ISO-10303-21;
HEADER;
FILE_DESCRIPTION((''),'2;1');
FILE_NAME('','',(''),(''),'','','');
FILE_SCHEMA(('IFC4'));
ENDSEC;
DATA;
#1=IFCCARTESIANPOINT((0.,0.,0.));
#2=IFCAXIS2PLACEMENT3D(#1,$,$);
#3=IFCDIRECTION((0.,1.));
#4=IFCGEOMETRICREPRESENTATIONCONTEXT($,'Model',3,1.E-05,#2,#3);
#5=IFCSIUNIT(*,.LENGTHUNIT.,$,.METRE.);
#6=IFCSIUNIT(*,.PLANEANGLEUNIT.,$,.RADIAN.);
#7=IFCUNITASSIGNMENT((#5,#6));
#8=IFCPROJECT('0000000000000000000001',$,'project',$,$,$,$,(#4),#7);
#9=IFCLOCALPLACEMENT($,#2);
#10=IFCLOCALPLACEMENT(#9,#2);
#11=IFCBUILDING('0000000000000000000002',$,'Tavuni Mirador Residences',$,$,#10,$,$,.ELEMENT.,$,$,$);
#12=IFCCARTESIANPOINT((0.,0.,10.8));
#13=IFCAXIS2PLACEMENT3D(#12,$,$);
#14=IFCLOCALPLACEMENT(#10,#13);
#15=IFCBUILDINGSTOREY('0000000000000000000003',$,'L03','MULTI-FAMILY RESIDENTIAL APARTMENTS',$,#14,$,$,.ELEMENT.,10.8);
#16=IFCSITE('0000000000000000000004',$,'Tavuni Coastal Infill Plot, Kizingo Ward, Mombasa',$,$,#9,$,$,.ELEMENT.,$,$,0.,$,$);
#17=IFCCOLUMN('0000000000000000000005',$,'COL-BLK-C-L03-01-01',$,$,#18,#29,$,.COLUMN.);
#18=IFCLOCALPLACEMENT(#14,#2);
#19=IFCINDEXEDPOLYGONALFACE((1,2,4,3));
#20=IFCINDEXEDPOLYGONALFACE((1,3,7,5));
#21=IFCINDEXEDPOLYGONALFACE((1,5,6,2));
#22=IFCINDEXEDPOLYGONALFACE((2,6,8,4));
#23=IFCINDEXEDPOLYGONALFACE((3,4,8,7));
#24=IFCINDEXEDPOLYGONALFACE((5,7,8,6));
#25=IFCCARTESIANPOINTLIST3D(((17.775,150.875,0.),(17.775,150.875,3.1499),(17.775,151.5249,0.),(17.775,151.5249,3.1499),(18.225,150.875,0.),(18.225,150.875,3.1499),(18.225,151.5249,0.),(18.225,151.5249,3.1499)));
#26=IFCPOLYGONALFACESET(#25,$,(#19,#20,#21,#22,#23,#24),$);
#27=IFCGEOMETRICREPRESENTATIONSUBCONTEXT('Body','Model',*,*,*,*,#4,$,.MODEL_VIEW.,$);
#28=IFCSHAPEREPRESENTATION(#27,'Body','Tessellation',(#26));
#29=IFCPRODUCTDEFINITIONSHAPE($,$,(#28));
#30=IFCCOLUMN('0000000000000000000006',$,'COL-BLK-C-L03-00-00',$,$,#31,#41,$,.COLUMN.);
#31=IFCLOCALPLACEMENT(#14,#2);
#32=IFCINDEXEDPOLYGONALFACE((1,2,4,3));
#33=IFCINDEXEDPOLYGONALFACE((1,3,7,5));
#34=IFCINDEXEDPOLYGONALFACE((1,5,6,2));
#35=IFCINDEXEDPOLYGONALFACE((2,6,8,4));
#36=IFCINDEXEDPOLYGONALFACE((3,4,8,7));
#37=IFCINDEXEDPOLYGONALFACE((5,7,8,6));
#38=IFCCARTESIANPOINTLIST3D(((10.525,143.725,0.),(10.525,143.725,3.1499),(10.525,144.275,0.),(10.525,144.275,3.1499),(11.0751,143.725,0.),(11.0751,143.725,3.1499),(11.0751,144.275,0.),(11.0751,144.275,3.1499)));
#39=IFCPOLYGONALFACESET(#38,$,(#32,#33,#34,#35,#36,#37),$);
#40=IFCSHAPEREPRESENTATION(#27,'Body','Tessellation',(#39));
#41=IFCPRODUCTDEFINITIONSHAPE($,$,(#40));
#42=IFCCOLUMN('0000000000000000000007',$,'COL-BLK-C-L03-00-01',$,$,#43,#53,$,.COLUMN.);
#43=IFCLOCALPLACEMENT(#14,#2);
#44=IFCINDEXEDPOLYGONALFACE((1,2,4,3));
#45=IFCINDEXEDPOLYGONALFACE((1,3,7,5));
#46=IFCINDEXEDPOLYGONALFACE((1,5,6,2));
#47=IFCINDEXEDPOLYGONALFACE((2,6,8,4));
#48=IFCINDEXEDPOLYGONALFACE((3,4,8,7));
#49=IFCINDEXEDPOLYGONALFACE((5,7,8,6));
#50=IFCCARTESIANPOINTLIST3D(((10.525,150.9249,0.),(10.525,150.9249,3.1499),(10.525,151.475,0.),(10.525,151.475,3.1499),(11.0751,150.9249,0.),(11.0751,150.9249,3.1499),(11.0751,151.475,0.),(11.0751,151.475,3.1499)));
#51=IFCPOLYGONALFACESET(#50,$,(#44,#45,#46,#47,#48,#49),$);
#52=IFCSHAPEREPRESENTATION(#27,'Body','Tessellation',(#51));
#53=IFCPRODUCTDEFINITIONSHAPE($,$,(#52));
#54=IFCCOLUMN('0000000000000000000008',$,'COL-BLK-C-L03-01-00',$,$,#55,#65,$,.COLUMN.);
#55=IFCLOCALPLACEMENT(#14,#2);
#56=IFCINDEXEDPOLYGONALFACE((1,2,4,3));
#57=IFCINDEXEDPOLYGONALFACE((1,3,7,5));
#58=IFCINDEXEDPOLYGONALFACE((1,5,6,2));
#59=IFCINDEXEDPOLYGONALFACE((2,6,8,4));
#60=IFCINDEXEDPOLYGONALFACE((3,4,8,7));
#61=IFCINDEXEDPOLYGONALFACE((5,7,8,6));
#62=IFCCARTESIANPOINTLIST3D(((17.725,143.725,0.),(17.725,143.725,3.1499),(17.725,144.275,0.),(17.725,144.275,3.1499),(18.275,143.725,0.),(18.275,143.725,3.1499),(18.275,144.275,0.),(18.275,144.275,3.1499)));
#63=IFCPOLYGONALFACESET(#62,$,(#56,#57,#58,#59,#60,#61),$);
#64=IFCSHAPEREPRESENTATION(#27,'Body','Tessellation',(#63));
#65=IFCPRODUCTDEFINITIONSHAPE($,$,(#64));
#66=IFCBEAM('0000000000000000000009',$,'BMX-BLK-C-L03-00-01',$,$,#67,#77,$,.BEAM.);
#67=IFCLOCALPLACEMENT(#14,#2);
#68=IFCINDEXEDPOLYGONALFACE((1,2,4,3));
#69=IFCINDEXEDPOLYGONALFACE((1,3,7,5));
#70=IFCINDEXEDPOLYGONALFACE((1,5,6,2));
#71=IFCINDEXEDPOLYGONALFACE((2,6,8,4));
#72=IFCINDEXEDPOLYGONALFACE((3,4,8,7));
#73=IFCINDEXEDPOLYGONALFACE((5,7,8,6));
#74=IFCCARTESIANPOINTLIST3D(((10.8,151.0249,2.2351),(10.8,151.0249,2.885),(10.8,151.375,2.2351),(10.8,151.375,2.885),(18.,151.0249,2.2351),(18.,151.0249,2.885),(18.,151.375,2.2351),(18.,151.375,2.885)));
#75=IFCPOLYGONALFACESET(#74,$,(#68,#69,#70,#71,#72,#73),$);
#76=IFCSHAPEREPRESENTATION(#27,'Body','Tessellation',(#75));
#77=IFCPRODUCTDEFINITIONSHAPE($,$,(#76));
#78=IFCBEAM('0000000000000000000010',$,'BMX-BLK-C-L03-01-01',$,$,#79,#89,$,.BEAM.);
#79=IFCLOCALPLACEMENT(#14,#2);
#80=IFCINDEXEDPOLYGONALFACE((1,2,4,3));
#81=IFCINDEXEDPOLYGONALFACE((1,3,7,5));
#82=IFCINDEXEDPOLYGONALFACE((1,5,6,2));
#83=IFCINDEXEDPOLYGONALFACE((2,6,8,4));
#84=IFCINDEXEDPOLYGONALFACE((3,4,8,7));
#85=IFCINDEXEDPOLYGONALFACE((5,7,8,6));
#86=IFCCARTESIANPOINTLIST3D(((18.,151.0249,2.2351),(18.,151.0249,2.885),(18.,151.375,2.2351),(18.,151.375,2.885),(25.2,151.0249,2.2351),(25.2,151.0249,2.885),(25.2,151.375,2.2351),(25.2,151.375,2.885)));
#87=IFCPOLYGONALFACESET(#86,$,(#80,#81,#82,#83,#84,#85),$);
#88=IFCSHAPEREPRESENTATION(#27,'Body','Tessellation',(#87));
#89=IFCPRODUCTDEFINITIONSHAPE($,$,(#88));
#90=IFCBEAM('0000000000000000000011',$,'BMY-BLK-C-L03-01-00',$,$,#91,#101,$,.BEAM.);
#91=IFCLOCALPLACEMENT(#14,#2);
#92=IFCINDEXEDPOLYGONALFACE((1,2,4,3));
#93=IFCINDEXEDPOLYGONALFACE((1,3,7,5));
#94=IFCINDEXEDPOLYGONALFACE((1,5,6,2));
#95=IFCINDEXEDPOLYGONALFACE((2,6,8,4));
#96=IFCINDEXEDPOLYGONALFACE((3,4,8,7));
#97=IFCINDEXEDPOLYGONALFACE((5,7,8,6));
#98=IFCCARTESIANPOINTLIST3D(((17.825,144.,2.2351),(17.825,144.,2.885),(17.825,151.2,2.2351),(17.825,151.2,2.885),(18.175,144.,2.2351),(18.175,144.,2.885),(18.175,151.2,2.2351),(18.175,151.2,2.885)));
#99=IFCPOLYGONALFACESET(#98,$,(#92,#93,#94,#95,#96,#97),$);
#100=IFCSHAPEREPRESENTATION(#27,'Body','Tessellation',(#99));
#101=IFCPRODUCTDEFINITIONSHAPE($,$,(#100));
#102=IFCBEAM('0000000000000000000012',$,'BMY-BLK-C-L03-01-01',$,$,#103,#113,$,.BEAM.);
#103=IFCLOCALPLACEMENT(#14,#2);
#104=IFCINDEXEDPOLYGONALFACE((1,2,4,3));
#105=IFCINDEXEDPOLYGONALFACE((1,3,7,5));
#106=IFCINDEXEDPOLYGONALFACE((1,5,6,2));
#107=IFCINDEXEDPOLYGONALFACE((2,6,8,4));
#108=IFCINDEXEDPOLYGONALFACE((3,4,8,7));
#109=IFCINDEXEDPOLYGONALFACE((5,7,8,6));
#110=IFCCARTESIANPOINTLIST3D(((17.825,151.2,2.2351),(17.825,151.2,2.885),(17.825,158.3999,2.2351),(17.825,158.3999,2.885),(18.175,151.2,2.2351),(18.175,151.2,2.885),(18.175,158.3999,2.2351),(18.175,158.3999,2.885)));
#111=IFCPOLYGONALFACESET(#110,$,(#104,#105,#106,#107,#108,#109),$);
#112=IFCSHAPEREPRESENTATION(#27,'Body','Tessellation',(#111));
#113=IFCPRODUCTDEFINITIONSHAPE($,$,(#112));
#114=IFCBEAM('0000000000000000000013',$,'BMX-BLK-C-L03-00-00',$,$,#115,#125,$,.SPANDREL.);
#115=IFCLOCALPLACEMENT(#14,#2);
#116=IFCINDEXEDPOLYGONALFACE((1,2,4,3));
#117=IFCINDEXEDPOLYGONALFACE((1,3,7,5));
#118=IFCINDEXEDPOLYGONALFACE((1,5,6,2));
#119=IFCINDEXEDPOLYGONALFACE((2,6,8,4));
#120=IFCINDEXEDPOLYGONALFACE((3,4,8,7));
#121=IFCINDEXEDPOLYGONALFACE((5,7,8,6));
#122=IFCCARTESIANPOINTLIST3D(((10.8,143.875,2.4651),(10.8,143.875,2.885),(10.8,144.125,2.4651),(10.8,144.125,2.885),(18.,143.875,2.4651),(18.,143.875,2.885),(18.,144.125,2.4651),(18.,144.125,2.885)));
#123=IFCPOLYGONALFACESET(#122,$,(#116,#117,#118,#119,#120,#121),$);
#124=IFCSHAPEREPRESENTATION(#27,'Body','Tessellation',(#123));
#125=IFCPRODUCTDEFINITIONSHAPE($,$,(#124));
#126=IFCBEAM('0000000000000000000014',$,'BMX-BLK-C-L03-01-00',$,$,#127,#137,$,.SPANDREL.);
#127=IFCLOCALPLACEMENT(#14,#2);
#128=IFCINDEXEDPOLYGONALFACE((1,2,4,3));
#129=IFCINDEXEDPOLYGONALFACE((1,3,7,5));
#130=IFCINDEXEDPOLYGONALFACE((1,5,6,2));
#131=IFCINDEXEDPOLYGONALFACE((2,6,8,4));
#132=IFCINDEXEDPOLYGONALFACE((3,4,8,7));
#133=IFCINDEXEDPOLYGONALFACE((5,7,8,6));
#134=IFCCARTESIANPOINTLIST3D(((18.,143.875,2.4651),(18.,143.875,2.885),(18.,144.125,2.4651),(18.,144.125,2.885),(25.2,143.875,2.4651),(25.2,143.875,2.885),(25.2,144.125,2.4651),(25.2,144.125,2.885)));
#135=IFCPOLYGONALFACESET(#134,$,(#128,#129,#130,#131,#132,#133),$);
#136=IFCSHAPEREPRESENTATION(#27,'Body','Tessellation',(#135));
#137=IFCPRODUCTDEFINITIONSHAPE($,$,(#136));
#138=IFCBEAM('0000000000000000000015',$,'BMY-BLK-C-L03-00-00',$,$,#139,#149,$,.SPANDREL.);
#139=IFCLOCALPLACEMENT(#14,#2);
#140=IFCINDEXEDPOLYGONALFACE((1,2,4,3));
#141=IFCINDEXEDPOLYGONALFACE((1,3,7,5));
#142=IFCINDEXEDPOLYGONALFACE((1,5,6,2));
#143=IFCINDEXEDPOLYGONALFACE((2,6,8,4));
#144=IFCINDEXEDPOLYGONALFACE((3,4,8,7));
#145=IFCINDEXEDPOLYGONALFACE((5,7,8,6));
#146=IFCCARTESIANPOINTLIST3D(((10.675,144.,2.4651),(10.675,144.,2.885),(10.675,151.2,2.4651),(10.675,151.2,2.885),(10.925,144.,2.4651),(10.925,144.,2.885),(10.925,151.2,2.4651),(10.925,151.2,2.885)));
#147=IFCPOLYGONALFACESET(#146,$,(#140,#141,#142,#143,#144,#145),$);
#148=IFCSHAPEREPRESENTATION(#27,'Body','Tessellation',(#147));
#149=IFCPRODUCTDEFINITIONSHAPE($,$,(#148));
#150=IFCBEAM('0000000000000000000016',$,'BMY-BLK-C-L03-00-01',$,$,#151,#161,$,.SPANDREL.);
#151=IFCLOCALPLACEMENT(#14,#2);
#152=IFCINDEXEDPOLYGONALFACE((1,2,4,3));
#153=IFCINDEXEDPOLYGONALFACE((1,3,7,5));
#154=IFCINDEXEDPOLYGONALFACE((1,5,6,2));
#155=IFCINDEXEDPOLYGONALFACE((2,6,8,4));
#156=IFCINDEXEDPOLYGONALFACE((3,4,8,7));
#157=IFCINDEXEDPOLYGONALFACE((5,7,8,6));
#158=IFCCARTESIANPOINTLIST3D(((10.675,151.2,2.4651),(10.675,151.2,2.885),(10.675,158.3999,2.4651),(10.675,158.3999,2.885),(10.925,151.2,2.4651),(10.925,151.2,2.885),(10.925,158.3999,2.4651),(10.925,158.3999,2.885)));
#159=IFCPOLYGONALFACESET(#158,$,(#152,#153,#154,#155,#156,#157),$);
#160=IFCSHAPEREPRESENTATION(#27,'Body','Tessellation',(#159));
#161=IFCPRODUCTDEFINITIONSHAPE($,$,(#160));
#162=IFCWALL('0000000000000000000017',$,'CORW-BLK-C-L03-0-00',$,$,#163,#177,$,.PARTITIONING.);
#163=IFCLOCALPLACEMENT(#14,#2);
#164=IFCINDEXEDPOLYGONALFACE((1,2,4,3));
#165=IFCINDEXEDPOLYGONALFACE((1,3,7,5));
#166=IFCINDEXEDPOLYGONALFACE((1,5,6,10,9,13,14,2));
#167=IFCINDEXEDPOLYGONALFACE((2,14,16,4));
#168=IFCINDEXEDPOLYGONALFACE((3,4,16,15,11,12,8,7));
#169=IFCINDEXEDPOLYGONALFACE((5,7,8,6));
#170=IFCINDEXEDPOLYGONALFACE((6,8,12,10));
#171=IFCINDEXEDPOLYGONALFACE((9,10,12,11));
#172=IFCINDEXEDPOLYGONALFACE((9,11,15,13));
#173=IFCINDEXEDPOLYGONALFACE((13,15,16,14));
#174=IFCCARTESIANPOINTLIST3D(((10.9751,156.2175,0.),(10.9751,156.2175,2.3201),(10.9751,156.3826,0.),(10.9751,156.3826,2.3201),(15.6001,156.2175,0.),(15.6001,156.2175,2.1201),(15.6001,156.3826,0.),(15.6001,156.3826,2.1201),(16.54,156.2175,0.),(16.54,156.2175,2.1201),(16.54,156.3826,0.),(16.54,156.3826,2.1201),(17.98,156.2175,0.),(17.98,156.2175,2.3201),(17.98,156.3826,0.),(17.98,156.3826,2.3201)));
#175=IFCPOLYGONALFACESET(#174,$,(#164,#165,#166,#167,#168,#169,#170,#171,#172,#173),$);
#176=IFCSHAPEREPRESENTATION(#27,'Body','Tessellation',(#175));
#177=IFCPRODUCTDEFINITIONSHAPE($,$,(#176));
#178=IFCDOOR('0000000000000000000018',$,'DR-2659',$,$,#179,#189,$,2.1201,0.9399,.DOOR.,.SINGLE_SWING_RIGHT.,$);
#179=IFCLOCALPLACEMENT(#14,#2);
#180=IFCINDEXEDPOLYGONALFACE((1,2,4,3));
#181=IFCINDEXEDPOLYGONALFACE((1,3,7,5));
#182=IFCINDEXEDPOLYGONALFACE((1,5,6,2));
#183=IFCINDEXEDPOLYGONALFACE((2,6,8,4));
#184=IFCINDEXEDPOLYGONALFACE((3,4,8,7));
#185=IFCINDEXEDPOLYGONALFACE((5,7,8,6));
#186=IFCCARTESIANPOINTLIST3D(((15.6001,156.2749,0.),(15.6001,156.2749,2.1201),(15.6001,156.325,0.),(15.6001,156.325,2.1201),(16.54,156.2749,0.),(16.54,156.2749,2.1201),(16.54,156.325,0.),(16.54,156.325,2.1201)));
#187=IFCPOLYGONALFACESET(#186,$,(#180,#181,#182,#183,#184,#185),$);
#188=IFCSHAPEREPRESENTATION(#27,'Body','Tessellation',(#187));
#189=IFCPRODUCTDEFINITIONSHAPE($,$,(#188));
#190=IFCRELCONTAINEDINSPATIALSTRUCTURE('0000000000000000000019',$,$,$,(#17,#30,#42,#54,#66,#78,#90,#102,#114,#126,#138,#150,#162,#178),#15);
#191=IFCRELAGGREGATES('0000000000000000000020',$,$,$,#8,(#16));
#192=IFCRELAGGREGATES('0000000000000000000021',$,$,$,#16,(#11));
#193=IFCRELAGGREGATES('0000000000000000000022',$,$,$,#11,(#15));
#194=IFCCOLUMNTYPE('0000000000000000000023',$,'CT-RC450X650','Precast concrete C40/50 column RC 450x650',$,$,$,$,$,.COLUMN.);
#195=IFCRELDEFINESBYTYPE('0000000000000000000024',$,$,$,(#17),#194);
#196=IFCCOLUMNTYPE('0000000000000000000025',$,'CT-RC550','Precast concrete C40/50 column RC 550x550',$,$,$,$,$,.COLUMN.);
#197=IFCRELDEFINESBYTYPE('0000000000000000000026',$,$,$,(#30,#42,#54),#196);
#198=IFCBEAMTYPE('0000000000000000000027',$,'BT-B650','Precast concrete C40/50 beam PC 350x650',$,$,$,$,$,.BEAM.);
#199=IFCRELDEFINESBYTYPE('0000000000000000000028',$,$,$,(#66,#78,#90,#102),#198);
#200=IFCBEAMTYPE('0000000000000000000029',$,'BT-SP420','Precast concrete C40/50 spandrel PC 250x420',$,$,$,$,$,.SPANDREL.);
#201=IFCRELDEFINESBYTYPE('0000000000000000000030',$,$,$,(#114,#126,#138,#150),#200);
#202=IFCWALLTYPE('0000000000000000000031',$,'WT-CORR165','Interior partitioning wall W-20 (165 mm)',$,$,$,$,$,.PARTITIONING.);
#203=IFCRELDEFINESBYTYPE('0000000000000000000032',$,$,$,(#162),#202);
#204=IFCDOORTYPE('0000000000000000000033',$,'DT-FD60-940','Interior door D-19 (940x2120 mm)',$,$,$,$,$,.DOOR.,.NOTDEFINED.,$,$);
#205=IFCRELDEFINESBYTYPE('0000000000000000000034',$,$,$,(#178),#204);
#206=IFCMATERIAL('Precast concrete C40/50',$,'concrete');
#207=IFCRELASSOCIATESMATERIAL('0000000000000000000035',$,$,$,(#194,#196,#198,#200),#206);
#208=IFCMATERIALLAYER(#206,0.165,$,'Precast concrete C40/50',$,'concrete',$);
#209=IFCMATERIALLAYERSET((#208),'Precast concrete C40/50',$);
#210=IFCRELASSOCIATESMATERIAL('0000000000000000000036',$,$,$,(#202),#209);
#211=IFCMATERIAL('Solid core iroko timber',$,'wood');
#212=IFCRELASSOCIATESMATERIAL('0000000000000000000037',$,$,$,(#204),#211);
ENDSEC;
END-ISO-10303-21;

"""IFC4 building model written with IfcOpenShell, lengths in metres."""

from ifc_helpers import new_model, si_unit, direction, frame, frame_2d, origin, origin_2d, place, context, subcontext, project, spatial, rectangle, extrude, material, layer, layer_set, material_profile, profile_set, type_object, element, fill, save


model = new_model("IFC4")

# Units and contexts
model_context = context("Model", 3, precision=1e-05, world=origin(), true_north=direction((0.0, 1.0)))
body_context = subcontext(model_context, "Body", "Model", "MODEL_VIEW")
ifc_project = project(units=[si_unit("LENGTHUNIT", "METRE"), si_unit("PLANEANGLEUNIT", "RADIAN")], contexts=[model_context])

# Site, building, storey
site_placement = place(None, origin())
site = spatial("IfcSite", under=ifc_project, at=site_placement, Name="Tavuni Coastal Infill Plot, Kizingo Ward, Mombasa", CompositionType="ELEMENT", RefElevation=0.0)
building_placement = place(site_placement, origin())
building = spatial("IfcBuilding", under=site, at=building_placement, Name="Tavuni Mirador Residences", CompositionType="ELEMENT")
storey_placement = place(building_placement, frame((0.0, 0.0, 10.8)))
storey = spatial("IfcBuildingStorey", under=building, at=storey_placement, Name="L03", Description="MULTI-FAMILY RESIDENTIAL APARTMENTS", CompositionType="ELEMENT", Elevation=10.8)

# Columns
ifc_material_1 = material(Name="Precast concrete C40/50", Category="concrete")
ifc_material_profile_1 = material_profile(ifc_material_1, rectangle(XDim=0.45, YDim=0.6499, at=origin_2d()), Name="RC 450x650", Category="concrete")
ifc_profile_set_1 = profile_set([ifc_material_profile_1], Name="Precast concrete C40/50")
column_type_1 = type_object("IfcColumnType", Name="CT-RC450X650", Description="Precast concrete C40/50 column RC 450x650", PredefinedType="COLUMN", material=ifc_profile_set_1)
column_placement = place(storey_placement, frame((18.0, 151.2, 0.0), z_axis=(0.0, 0.0, 1.0), x_axis=(1.0, 0.0, 0.0)))
element("IfcColumn", 1, at=column_placement, inside=storey, type_object=column_type_1, Name="COL-BLK-C-L03-01-01", PredefinedType="COLUMN", context=body_context, shape_type="SweptSolid", body=[
    extrude(rectangle(XDim=0.45, YDim=0.6499, at=origin_2d()), origin(), (0.0, 0.0, 1.0), 3.1499),
])
ifc_material_profile_2 = material_profile(ifc_material_1, rectangle(XDim=0.55, YDim=0.55, at=origin_2d()), Name="RC 550x550", Category="concrete")
ifc_profile_set_2 = profile_set([ifc_material_profile_2], Name="Precast concrete C40/50")
column_type_2 = type_object("IfcColumnType", Name="CT-RC550", Description="Precast concrete C40/50 column RC 550x550", PredefinedType="COLUMN", material=ifc_profile_set_2)
for number, where, z_axis, x_axis, name in (
    (2, (10.8, 144.0, 0.0), (0.0, 0.0, 1.0), (1.0, 0.0, 0.0), "COL-BLK-C-L03-00-00"),
    (3, (10.8, 151.2, 0.0), (0.0, 0.0, 1.0), (1.0, 0.0, 0.0), "COL-BLK-C-L03-00-01"),
    (4, (18.0, 144.0, 0.0), (0.0, 0.0, 1.0), (1.0, 0.0, 0.0), "COL-BLK-C-L03-01-00"),
):
    element("IfcColumn", number, at=place(storey_placement, frame(where, z_axis=z_axis, x_axis=x_axis)), inside=storey, type_object=column_type_2, Name=name, PredefinedType="COLUMN", context=body_context, shape_type="SweptSolid", body=[
        extrude(rectangle(XDim=0.55, YDim=0.55, at=origin_2d()), origin(), (0.0, 0.0, 1.0), 3.1499),
    ])

# Beams
ifc_material_profile_3 = material_profile(ifc_material_1, rectangle(XDim=0.3501, YDim=0.6499, at=origin_2d()), Name="PC 350x650", Category="concrete")
ifc_profile_set_3 = profile_set([ifc_material_profile_3], Name="Precast concrete C40/50")
beam_type_1 = type_object("IfcBeamType", Name="BT-B650", Description="Precast concrete C40/50 beam PC 350x650", PredefinedType="BEAM", material=ifc_profile_set_3)
for number, where, z_axis, x_axis, name in (
    (5, (10.8, 151.2, 2.5601), (1.0, 0.0, 0.0), (0.0, 1.0, 0.0), "BMX-BLK-C-L03-00-01"),
    (6, (18.0, 151.2, 2.5601), (1.0, 0.0, 0.0), (0.0, 1.0, 0.0), "BMX-BLK-C-L03-01-01"),
    (7, (18.0, 144.0, 2.5601), (0.0, 1.0, 0.0), (-1.0, 0.0, 0.0), "BMY-BLK-C-L03-01-00"),
    (8, (18.0, 151.2, 2.5601), (0.0, 1.0, 0.0), (-1.0, 0.0, 0.0), "BMY-BLK-C-L03-01-01"),
):
    element("IfcBeam", number, at=place(storey_placement, frame(where, z_axis=z_axis, x_axis=x_axis)), inside=storey, type_object=beam_type_1, Name=name, PredefinedType="BEAM", context=body_context, shape_type="SweptSolid", body=[
        extrude(rectangle(XDim=0.3501, YDim=0.6499, at=origin_2d()), origin(), (0.0, 0.0, 1.0), 7.2),
    ])
ifc_material_profile_4 = material_profile(ifc_material_1, rectangle(XDim=0.25, YDim=0.4199, at=origin_2d()), Name="PC 250x420", Category="concrete")
ifc_profile_set_4 = profile_set([ifc_material_profile_4], Name="Precast concrete C40/50")
beam_type_2 = type_object("IfcBeamType", Name="BT-SP420", Description="Precast concrete C40/50 spandrel PC 250x420", PredefinedType="SPANDREL", material=ifc_profile_set_4)
for number, where, z_axis, x_axis, name in (
    (9, (10.8, 144.0, 2.675), (1.0, 0.0, 0.0), (0.0, 1.0, 0.0), "BMX-BLK-C-L03-00-00"),
    (10, (18.0, 144.0, 2.675), (1.0, 0.0, 0.0), (0.0, 1.0, 0.0), "BMX-BLK-C-L03-01-00"),
    (11, (10.8, 144.0, 2.675), (0.0, 1.0, 0.0), (-1.0, 0.0, 0.0), "BMY-BLK-C-L03-00-00"),
    (12, (10.8, 151.2, 2.675), (0.0, 1.0, 0.0), (-1.0, 0.0, 0.0), "BMY-BLK-C-L03-00-01"),
):
    element("IfcBeam", number, at=place(storey_placement, frame(where, z_axis=z_axis, x_axis=x_axis)), inside=storey, type_object=beam_type_2, Name=name, PredefinedType="SPANDREL", context=body_context, shape_type="SweptSolid", body=[
        extrude(rectangle(XDim=0.25, YDim=0.4199, at=origin_2d()), origin(), (0.0, 0.0, 1.0), 7.2),
    ])

# Wall, opening, door
ifc_layer_1 = layer(ifc_material_1, 0.165, Name="Precast concrete C40/50", Category="concrete")
ifc_layer_set_1 = layer_set([ifc_layer_1], Name="Precast concrete C40/50")
wall_type_1 = type_object("IfcWallType", Name="WT-CORR165", Description="Interior partitioning wall W-20 (165 mm)", PredefinedType="PARTITIONING", material=ifc_layer_set_1)
wall_1_placement = place(storey_placement, frame((10.9751, 156.3, 0.0), z_axis=(0.0, 0.0, 1.0), x_axis=(1.0, 0.0, 0.0)))
wall_1 = element("IfcWall", 13, at=wall_1_placement, inside=storey, type_object=wall_type_1, Name="CORW-BLK-C-L03-0-00", PredefinedType="PARTITIONING", context=body_context, shape_type="SweptSolid", body=[
    extrude(rectangle(XDim=7.0049, YDim=0.165, at=frame_2d((3.5024, 0.0))), origin(), (0.0, 0.0, 1.0), 2.3201),
])
opening_1_placement = place(wall_1_placement, frame((4.625, 0.0, 0.0)))
opening_1 = element("IfcOpeningElement", 14, at=opening_1_placement, cuts=wall_1, PredefinedType="OPENING", context=body_context, shape_type="SweptSolid", body=[
    extrude(rectangle(XDim=0.9399, YDim=2.1201, at=frame_2d((0.47, 1.0601))), frame((0.0, 0.0925, 0.0), z_axis=(0.0, -1.0, 0.0), x_axis=(1.0, 0.0, 0.0)), (0.0, 0.0, 1.0), 0.1851),
])
ifc_material_2 = material(Name="Solid core iroko timber", Category="wood")
door_type_1 = type_object("IfcDoorType", Name="DT-FD60-940", Description="Interior door D-19 (940x2120 mm)", OperationType="NOTDEFINED", PredefinedType="DOOR", material=ifc_material_2)
door_1_placement = place(opening_1_placement, origin())
door_1 = element("IfcDoor", 15, at=door_1_placement, inside=storey, type_object=door_type_1, Name="DR-2659", OperationType="SINGLE_SWING_RIGHT", OverallHeight=2.1201, OverallWidth=0.9399, PredefinedType="DOOR", context=body_context, shape_type="SweptSolid", body=[
    extrude(rectangle(XDim=0.9399, YDim=2.1201, at=frame_2d((0.47, 1.0601))), frame((0.0, 0.0249, 0.0), z_axis=(0.0, -1.0, 0.0), x_axis=(1.0, 0.0, 0.0)), (0.0, 0.0, 1.0), 0.05),
])
fill(opening_1, door_1)

save(model, "model.ifc")
